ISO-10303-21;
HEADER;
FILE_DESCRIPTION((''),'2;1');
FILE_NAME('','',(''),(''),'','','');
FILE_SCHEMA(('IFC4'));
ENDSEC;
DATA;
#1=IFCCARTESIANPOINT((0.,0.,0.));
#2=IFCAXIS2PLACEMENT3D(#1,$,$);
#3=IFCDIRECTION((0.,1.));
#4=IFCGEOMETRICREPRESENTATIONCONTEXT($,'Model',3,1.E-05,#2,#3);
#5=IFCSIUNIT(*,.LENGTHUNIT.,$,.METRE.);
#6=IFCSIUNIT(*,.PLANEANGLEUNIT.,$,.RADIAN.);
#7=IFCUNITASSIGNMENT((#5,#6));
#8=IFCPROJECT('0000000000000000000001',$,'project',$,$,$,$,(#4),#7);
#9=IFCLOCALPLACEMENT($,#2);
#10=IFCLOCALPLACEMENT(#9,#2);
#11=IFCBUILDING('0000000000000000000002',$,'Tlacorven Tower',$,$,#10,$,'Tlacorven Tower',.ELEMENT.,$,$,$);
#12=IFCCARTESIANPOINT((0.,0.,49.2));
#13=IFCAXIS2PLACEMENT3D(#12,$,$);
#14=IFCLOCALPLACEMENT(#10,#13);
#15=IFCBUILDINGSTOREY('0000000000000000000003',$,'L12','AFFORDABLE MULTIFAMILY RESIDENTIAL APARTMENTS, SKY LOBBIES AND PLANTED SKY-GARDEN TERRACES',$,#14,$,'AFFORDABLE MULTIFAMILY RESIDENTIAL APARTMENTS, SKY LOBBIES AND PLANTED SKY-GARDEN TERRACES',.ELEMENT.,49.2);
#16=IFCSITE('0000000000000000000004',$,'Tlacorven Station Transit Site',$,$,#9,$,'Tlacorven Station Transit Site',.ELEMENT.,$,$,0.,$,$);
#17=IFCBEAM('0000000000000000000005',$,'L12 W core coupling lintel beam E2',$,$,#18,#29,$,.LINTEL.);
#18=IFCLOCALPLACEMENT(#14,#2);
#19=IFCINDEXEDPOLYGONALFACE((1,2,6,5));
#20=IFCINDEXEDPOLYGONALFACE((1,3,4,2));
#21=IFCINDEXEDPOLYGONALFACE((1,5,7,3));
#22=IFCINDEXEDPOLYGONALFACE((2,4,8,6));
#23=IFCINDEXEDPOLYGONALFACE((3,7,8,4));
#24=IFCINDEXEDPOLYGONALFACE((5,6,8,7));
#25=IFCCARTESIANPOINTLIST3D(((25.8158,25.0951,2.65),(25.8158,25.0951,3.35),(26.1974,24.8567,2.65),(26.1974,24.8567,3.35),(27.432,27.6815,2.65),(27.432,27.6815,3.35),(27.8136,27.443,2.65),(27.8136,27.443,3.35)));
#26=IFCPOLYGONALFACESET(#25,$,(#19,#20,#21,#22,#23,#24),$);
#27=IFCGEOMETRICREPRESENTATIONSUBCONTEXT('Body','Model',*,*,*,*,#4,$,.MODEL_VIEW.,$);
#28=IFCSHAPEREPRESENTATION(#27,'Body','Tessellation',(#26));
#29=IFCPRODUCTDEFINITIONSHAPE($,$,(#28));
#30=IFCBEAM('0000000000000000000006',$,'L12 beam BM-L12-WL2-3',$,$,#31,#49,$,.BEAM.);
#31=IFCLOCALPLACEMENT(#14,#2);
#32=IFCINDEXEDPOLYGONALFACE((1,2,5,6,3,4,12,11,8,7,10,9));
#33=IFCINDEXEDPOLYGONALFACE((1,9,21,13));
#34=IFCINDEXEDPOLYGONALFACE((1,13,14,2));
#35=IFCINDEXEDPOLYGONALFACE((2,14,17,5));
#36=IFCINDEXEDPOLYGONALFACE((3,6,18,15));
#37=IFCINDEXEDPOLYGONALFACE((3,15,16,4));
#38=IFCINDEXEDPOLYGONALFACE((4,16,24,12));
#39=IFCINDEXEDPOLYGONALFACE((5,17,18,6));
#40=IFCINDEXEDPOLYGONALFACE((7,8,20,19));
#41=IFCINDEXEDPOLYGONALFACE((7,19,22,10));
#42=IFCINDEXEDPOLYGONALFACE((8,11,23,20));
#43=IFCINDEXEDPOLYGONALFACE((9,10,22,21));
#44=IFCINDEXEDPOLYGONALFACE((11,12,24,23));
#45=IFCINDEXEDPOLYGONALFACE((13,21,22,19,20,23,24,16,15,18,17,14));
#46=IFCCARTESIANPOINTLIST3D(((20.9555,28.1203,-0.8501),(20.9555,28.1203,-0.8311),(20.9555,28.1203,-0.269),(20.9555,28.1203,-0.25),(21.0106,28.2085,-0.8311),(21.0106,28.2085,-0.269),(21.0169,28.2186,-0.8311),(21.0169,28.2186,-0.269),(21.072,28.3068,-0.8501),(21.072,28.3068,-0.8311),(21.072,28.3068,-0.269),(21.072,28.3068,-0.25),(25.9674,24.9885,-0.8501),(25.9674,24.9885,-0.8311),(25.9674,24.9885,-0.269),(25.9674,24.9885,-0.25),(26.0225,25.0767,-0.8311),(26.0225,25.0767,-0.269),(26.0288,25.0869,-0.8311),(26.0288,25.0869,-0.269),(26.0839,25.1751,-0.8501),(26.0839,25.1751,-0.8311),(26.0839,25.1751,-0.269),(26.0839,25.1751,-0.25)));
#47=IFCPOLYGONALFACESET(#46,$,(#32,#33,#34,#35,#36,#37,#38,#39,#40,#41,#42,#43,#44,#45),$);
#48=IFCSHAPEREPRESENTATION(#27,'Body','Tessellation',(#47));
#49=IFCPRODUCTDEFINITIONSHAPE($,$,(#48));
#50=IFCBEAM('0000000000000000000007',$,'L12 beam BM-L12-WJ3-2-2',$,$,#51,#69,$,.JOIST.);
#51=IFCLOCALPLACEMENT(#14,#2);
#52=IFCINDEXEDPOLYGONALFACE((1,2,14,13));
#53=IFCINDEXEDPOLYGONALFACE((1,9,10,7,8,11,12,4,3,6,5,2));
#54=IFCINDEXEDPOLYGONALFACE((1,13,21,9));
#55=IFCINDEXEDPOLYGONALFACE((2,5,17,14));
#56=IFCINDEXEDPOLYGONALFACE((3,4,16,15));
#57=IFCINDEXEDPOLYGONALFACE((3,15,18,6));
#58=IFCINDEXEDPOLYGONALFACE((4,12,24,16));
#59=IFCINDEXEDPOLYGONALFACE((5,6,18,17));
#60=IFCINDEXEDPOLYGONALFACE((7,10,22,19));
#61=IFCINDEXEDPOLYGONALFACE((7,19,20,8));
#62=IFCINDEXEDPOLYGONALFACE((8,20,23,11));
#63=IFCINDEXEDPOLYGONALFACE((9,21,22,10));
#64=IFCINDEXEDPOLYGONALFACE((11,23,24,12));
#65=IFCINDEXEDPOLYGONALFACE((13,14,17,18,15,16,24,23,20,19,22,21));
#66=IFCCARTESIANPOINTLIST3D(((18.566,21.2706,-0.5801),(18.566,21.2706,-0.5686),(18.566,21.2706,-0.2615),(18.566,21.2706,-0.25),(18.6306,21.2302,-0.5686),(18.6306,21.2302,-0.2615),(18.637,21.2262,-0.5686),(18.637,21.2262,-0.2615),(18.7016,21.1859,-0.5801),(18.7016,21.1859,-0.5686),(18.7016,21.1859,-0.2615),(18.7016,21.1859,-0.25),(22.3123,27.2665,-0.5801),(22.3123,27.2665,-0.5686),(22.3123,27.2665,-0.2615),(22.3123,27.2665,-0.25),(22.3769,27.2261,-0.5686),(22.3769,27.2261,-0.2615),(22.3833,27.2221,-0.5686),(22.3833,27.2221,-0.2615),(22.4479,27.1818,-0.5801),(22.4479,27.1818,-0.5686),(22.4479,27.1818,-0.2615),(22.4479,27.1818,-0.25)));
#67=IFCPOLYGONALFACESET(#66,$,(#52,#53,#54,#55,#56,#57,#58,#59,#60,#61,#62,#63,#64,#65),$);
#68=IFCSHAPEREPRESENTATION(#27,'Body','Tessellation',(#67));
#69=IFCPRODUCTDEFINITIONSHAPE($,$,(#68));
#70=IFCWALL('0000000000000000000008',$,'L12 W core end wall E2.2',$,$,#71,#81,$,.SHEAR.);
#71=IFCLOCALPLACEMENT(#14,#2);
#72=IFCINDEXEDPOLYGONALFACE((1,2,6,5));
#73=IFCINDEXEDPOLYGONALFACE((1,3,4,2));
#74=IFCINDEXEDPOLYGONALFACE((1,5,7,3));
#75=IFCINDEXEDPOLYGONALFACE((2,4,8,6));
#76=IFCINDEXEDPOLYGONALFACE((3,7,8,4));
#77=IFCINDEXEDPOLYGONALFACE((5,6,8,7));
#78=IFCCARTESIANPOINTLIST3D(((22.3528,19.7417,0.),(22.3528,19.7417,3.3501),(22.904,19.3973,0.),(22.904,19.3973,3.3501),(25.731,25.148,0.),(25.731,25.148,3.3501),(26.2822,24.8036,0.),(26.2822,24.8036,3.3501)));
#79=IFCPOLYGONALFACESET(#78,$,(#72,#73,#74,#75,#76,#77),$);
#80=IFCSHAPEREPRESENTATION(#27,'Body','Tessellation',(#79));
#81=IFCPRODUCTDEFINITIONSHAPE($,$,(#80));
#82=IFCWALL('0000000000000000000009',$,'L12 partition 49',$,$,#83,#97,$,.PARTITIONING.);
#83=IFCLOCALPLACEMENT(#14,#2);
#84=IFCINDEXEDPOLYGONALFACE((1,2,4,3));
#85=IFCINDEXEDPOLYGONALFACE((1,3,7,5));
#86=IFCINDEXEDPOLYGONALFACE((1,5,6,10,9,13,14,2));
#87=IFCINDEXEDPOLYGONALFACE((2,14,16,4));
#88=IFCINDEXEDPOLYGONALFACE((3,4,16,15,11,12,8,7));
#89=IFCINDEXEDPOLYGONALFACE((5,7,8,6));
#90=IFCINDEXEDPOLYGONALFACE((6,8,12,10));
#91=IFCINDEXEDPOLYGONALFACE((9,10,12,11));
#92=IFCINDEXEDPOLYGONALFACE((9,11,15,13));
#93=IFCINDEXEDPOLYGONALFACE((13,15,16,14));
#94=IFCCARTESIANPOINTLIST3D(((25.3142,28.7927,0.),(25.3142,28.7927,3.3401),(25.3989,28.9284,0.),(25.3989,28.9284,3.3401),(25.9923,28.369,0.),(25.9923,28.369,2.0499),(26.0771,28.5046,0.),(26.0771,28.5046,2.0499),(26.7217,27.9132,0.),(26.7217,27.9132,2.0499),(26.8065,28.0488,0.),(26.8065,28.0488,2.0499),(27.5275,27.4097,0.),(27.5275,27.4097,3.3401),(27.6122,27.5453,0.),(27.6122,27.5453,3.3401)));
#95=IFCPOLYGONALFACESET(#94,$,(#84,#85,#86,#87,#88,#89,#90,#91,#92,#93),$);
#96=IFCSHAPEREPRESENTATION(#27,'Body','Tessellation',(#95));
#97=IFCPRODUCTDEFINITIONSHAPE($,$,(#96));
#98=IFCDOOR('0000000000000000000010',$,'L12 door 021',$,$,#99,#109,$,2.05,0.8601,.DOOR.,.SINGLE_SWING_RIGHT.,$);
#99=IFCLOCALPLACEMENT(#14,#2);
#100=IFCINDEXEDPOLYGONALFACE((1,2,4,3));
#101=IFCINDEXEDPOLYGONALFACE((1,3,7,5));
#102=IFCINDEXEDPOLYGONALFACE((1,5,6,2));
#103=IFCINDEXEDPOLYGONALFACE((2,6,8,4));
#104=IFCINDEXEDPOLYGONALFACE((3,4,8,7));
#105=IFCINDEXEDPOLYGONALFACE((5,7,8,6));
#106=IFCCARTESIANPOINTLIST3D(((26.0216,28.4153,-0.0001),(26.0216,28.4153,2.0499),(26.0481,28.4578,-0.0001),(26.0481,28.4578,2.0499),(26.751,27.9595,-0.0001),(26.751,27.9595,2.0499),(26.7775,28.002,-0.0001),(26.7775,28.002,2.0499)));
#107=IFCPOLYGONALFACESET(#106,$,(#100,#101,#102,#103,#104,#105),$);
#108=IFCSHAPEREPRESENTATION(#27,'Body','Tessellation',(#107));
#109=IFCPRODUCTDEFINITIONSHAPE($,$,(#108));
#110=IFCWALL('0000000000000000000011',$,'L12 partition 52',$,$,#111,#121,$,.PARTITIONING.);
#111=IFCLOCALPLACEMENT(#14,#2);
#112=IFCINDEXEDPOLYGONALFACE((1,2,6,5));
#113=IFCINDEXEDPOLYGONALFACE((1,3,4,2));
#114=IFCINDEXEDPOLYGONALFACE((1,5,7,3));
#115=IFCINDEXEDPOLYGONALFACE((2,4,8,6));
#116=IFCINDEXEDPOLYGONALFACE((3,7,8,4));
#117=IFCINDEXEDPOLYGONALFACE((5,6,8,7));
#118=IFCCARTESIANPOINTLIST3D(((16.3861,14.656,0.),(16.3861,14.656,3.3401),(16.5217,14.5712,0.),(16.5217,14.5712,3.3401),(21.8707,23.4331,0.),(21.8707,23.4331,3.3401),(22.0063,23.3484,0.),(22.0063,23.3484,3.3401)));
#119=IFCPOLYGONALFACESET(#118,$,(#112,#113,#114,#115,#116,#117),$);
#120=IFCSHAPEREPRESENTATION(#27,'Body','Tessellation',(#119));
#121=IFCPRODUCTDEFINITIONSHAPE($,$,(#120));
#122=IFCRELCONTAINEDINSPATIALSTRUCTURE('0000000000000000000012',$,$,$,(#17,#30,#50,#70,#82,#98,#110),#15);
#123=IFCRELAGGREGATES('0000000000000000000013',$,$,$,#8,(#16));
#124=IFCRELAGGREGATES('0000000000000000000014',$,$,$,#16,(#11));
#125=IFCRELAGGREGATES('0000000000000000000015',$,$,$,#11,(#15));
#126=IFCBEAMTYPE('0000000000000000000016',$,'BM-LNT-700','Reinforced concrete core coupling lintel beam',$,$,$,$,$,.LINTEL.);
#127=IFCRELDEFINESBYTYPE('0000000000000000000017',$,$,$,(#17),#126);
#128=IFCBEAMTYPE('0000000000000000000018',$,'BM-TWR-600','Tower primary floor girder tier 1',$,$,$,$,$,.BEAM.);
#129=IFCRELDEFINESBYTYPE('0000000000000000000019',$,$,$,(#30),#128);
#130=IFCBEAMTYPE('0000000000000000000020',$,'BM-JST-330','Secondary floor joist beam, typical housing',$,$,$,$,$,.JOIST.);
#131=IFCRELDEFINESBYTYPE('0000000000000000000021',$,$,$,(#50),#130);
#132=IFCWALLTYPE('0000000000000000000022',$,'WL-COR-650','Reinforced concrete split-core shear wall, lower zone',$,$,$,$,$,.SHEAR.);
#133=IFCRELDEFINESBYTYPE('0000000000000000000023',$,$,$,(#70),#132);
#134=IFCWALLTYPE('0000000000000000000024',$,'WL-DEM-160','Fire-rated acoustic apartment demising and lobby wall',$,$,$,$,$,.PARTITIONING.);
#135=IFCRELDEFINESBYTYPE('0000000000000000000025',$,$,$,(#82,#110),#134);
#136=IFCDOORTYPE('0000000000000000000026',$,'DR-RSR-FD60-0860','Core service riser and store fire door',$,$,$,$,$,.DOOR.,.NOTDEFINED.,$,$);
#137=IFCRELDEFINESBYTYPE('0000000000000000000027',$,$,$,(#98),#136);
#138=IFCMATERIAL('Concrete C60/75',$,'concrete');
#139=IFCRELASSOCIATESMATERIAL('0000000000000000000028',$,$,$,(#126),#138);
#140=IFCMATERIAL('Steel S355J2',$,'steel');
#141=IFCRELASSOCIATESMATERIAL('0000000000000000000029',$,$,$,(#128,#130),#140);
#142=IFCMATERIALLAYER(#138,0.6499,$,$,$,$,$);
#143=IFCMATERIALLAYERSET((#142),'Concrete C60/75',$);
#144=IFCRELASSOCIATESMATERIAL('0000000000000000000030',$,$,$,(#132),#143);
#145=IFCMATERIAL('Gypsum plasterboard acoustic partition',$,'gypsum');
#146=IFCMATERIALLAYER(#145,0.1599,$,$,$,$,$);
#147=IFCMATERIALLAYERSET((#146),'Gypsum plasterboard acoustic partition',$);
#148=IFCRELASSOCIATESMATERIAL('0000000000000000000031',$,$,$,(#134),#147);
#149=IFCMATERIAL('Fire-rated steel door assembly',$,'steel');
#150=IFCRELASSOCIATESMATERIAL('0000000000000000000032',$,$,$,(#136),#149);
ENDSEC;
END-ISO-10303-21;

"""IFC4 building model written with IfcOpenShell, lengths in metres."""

from ifc_helpers import new_model, si_unit, direction, frame, frame_2d, origin, origin_2d, place, context, subcontext, project, spatial, rectangle, i_section, extrude, source, transform, mapped, material, layer, layer_set, material_profile, profile_set, type_object, element, fill, save


model = new_model("IFC4")

# Units and contexts
model_context = context("Model", 3, precision=1e-05, world=origin(), true_north=direction((0.0, 1.0)))
body_context = subcontext(model_context, "Body", "Model", "MODEL_VIEW")
ifc_project = project(units=[si_unit("LENGTHUNIT", "METRE"), si_unit("PLANEANGLEUNIT", "RADIAN")], contexts=[model_context])

# Site, building, storey
site_placement = place(None, origin())
site = spatial("IfcSite", under=ifc_project, at=site_placement, Name="Tlacorven Station Transit Site", LongName="Tlacorven Station Transit Site", CompositionType="ELEMENT", RefElevation=0.0)
building_placement = place(site_placement, origin())
building = spatial("IfcBuilding", under=site, at=building_placement, Name="Tlacorven Tower", LongName="Tlacorven Tower", CompositionType="ELEMENT")
storey_placement = place(building_placement, frame((0.0, 0.0, 49.2)))
storey = spatial("IfcBuildingStorey", under=building, at=storey_placement, Name="L12", Description="AFFORDABLE MULTIFAMILY RESIDENTIAL APARTMENTS, SKY LOBBIES AND PLANTED SKY-GARDEN TERRACES", LongName="AFFORDABLE MULTIFAMILY RESIDENTIAL APARTMENTS, SKY LOBBIES AND PLANTED SKY-GARDEN TERRACES", CompositionType="ELEMENT", Elevation=49.2)

# Beams
ifc_material_1 = material(Name="Concrete C60/75", Category="concrete")
ifc_material_profile_1 = material_profile(ifc_material_1, rectangle(XDim=0.45, YDim=0.7, at=origin_2d()), Name="RC 450X700")
ifc_profile_set_1 = profile_set([ifc_material_profile_1], Name="Concrete C60/75")
beam_type_1 = type_object("IfcBeamType", Name="BM-LNT-700", Description="Reinforced concrete core coupling lintel beam", PredefinedType="LINTEL", material=ifc_profile_set_1)
shared_shape_1 = source(origin(), body_context, "Body", "SweptSolid", [
    extrude(rectangle(XDim=0.45, YDim=0.7, at=origin_2d()), origin(), (0.0, 0.0, 1.0), 3.0498),
])
beam_1_placement = place(storey_placement, frame((27.6228, 27.5623, 3.0), z_axis=(-0.529927, -0.848043, 0.0), x_axis=(0.848043, -0.529927, 0.0)))
element("IfcBeam", 1, at=beam_1_placement, inside=storey, type_object=beam_type_1, Name="L12 W core coupling lintel beam E2", PredefinedType="LINTEL", context=body_context, shape_type="MappedRepresentation", body=[
    mapped(shared_shape_1, transform((0.0, 0.0, 0.0), scale=1.0)),
])
ifc_material_2 = material(Name="Steel S355J2", Category="steel")
ifc_material_profile_2 = material_profile(ifc_material_2, i_section(OverallWidth=0.22, OverallDepth=0.6001, WebThickness=0.012, FlangeThickness=0.019, at=origin_2d()), Name="IPE 600")
ifc_profile_set_2 = profile_set([ifc_material_profile_2], Name="Steel S355J2")
beam_type_2 = type_object("IfcBeamType", Name="BM-TWR-600", Description="Tower primary floor girder tier 1", PredefinedType="BEAM", material=ifc_profile_set_2)
shared_shape_2 = source(origin(), body_context, "Body", "SweptSolid", [
    extrude(i_section(OverallWidth=0.22, OverallDepth=0.6001, WebThickness=0.012, FlangeThickness=0.019, at=origin_2d()), origin(), (0.0, 0.0, 1.0), 5.9099),
])
beam_2_placement = place(storey_placement, frame((26.0256, 25.0818, -0.55), z_axis=(-0.848047, 0.529921, 0.0), x_axis=(-0.529921, -0.848047, 0.0)))
element("IfcBeam", 2, at=beam_2_placement, inside=storey, type_object=beam_type_2, Name="L12 beam BM-L12-WL2-3", PredefinedType="BEAM", context=body_context, shape_type="MappedRepresentation", body=[
    mapped(shared_shape_2, transform((0.0, 0.0, 0.0), scale=1.0)),
])
ifc_material_profile_3 = material_profile(ifc_material_2, i_section(OverallWidth=0.1599, OverallDepth=0.3301, WebThickness=0.0076, FlangeThickness=0.0115, at=origin_2d()), Name="IPE 330")
ifc_profile_set_3 = profile_set([ifc_material_profile_3], Name="Steel S355J2")
beam_type_3 = type_object("IfcBeamType", Name="BM-JST-330", Description="Secondary floor joist beam, typical housing", PredefinedType="JOIST", material=ifc_profile_set_3)
shared_shape_3 = source(origin(), body_context, "Body", "SweptSolid", [
    extrude(i_section(OverallWidth=0.1599, OverallDepth=0.3301, WebThickness=0.0076, FlangeThickness=0.0115, at=origin_2d()), origin(), (0.0, 0.0, 1.0), 7.0701),
])
beam_3_placement = place(storey_placement, frame((22.3801, 27.2241, -0.415), z_axis=(-0.52989, -0.848066, 0.0), x_axis=(0.848066, -0.52989, 0.0)))
element("IfcBeam", 3, at=beam_3_placement, inside=storey, type_object=beam_type_3, Name="L12 beam BM-L12-WJ3-2-2", PredefinedType="JOIST", context=body_context, shape_type="MappedRepresentation", body=[
    mapped(shared_shape_3, transform((0.0, 0.0, 0.0), scale=1.0)),
])

# Wall
ifc_layer_1 = layer(ifc_material_1, 0.6499)
ifc_layer_set_1 = layer_set([ifc_layer_1], Name="Concrete C60/75")
wall_type_1 = type_object("IfcWallType", Name="WL-COR-650", Description="Reinforced concrete split-core shear wall, lower zone", PredefinedType="SHEAR", material=ifc_layer_set_1)
wall_1_placement = place(storey_placement, frame((26.0066, 24.9758, 0.0), z_axis=(0.0, 0.0, 1.0), x_axis=(-0.529916, -0.84805, 0.0)))
element("IfcWall", 4, at=wall_1_placement, inside=storey, type_object=wall_type_1, Name="L12 W core end wall E2.2", PredefinedType="SHEAR", context=body_context, shape_type="SweptSolid", body=[
    extrude(rectangle(XDim=6.375, YDim=0.6499, at=frame_2d((3.1875, 0.0))), origin(), (0.0, 0.0, 1.0), 3.3501),
])

# Wall, opening, door
ifc_material_3 = material(Name="Gypsum plasterboard acoustic partition", Category="gypsum")
ifc_layer_2 = layer(ifc_material_3, 0.1599)
ifc_layer_set_2 = layer_set([ifc_layer_2], Name="Gypsum plasterboard acoustic partition")
wall_type_2 = type_object("IfcWallType", Name="WL-DEM-160", Description="Fire-rated acoustic apartment demising and lobby wall", PredefinedType="PARTITIONING", material=ifc_layer_set_2)
wall_2_placement = place(storey_placement, frame((27.5698, 27.4775, 0.0), z_axis=(0.0, 0.0, 1.0), x_axis=(-0.848051, 0.529915, 0.0)))
wall_2 = element("IfcWall", 5, at=wall_2_placement, inside=storey, type_object=wall_type_2, Name="L12 partition 49", PredefinedType="PARTITIONING", context=body_context, shape_type="SweptSolid", body=[
    extrude(rectangle(XDim=2.6099, YDim=0.1599, at=frame_2d((1.3049, 0.0))), origin(), (0.0, 0.0, 1.0), 3.3401),
])
opening_1_placement = place(wall_2_placement, frame((0.95, 0.0, 0.0)))
opening_1 = element("IfcOpeningElement", 6, at=opening_1_placement, cuts=wall_2, PredefinedType="OPENING", context=body_context, shape_type="SweptSolid", body=[
    extrude(rectangle(XDim=0.8601, YDim=2.05, at=frame_2d((0.4302, 1.0249))), frame((0.0, 0.0898, 0.0), z_axis=(0.0, -1.0, 0.0), x_axis=(1.0, 0.0, 0.0)), (0.0, 0.0, 1.0), 0.1799),
])
ifc_material_4 = material(Name="Fire-rated steel door assembly", Category="steel")
door_type_1 = type_object("IfcDoorType", Name="DR-RSR-FD60-0860", Description="Core service riser and store fire door", OperationType="NOTDEFINED", PredefinedType="DOOR", material=ifc_material_4)
shared_shape_4 = source(origin(), body_context, "Body", "SweptSolid", [
    extrude(rectangle(XDim=0.8601, YDim=2.05, at=frame_2d((0.4302, 1.0249))), frame((0.0, 0.0249, 0.0), z_axis=(0.0, -1.0, 0.0), x_axis=(1.0, 0.0, 0.0)), (0.0, 0.0, 1.0), 0.05),
])
door_1_placement = place(opening_1_placement, frame((0.8601, 0.0, 0.0), z_axis=(0.0, 0.0, 1.0), x_axis=(-1.0, 0.0, 0.0)))
door_1 = element("IfcDoor", 7, at=door_1_placement, inside=storey, type_object=door_type_1, Name="L12 door 021", OperationType="SINGLE_SWING_RIGHT", OverallHeight=2.05, OverallWidth=0.8601, PredefinedType="DOOR", context=body_context, shape_type="MappedRepresentation", body=[
    mapped(shared_shape_4, transform((0.0, 0.0, 0.0), scale=1.0)),
])
fill(opening_1, door_1)

# Wall
wall_3_placement = place(storey_placement, frame((21.9385, 23.3906, 0.0), z_axis=(0.0, 0.0, 1.0), x_axis=(-0.529925, -0.848045, 0.0)))
element("IfcWall", 8, at=wall_3_placement, inside=storey, type_object=wall_type_2, Name="L12 partition 52", PredefinedType="PARTITIONING", context=body_context, shape_type="SweptSolid", body=[
    extrude(rectangle(XDim=10.3499, YDim=0.1599, at=frame_2d((5.1748, 0.0))), origin(), (0.0, 0.0, 1.0), 3.3401),
])

save(model, "model.ifc")
